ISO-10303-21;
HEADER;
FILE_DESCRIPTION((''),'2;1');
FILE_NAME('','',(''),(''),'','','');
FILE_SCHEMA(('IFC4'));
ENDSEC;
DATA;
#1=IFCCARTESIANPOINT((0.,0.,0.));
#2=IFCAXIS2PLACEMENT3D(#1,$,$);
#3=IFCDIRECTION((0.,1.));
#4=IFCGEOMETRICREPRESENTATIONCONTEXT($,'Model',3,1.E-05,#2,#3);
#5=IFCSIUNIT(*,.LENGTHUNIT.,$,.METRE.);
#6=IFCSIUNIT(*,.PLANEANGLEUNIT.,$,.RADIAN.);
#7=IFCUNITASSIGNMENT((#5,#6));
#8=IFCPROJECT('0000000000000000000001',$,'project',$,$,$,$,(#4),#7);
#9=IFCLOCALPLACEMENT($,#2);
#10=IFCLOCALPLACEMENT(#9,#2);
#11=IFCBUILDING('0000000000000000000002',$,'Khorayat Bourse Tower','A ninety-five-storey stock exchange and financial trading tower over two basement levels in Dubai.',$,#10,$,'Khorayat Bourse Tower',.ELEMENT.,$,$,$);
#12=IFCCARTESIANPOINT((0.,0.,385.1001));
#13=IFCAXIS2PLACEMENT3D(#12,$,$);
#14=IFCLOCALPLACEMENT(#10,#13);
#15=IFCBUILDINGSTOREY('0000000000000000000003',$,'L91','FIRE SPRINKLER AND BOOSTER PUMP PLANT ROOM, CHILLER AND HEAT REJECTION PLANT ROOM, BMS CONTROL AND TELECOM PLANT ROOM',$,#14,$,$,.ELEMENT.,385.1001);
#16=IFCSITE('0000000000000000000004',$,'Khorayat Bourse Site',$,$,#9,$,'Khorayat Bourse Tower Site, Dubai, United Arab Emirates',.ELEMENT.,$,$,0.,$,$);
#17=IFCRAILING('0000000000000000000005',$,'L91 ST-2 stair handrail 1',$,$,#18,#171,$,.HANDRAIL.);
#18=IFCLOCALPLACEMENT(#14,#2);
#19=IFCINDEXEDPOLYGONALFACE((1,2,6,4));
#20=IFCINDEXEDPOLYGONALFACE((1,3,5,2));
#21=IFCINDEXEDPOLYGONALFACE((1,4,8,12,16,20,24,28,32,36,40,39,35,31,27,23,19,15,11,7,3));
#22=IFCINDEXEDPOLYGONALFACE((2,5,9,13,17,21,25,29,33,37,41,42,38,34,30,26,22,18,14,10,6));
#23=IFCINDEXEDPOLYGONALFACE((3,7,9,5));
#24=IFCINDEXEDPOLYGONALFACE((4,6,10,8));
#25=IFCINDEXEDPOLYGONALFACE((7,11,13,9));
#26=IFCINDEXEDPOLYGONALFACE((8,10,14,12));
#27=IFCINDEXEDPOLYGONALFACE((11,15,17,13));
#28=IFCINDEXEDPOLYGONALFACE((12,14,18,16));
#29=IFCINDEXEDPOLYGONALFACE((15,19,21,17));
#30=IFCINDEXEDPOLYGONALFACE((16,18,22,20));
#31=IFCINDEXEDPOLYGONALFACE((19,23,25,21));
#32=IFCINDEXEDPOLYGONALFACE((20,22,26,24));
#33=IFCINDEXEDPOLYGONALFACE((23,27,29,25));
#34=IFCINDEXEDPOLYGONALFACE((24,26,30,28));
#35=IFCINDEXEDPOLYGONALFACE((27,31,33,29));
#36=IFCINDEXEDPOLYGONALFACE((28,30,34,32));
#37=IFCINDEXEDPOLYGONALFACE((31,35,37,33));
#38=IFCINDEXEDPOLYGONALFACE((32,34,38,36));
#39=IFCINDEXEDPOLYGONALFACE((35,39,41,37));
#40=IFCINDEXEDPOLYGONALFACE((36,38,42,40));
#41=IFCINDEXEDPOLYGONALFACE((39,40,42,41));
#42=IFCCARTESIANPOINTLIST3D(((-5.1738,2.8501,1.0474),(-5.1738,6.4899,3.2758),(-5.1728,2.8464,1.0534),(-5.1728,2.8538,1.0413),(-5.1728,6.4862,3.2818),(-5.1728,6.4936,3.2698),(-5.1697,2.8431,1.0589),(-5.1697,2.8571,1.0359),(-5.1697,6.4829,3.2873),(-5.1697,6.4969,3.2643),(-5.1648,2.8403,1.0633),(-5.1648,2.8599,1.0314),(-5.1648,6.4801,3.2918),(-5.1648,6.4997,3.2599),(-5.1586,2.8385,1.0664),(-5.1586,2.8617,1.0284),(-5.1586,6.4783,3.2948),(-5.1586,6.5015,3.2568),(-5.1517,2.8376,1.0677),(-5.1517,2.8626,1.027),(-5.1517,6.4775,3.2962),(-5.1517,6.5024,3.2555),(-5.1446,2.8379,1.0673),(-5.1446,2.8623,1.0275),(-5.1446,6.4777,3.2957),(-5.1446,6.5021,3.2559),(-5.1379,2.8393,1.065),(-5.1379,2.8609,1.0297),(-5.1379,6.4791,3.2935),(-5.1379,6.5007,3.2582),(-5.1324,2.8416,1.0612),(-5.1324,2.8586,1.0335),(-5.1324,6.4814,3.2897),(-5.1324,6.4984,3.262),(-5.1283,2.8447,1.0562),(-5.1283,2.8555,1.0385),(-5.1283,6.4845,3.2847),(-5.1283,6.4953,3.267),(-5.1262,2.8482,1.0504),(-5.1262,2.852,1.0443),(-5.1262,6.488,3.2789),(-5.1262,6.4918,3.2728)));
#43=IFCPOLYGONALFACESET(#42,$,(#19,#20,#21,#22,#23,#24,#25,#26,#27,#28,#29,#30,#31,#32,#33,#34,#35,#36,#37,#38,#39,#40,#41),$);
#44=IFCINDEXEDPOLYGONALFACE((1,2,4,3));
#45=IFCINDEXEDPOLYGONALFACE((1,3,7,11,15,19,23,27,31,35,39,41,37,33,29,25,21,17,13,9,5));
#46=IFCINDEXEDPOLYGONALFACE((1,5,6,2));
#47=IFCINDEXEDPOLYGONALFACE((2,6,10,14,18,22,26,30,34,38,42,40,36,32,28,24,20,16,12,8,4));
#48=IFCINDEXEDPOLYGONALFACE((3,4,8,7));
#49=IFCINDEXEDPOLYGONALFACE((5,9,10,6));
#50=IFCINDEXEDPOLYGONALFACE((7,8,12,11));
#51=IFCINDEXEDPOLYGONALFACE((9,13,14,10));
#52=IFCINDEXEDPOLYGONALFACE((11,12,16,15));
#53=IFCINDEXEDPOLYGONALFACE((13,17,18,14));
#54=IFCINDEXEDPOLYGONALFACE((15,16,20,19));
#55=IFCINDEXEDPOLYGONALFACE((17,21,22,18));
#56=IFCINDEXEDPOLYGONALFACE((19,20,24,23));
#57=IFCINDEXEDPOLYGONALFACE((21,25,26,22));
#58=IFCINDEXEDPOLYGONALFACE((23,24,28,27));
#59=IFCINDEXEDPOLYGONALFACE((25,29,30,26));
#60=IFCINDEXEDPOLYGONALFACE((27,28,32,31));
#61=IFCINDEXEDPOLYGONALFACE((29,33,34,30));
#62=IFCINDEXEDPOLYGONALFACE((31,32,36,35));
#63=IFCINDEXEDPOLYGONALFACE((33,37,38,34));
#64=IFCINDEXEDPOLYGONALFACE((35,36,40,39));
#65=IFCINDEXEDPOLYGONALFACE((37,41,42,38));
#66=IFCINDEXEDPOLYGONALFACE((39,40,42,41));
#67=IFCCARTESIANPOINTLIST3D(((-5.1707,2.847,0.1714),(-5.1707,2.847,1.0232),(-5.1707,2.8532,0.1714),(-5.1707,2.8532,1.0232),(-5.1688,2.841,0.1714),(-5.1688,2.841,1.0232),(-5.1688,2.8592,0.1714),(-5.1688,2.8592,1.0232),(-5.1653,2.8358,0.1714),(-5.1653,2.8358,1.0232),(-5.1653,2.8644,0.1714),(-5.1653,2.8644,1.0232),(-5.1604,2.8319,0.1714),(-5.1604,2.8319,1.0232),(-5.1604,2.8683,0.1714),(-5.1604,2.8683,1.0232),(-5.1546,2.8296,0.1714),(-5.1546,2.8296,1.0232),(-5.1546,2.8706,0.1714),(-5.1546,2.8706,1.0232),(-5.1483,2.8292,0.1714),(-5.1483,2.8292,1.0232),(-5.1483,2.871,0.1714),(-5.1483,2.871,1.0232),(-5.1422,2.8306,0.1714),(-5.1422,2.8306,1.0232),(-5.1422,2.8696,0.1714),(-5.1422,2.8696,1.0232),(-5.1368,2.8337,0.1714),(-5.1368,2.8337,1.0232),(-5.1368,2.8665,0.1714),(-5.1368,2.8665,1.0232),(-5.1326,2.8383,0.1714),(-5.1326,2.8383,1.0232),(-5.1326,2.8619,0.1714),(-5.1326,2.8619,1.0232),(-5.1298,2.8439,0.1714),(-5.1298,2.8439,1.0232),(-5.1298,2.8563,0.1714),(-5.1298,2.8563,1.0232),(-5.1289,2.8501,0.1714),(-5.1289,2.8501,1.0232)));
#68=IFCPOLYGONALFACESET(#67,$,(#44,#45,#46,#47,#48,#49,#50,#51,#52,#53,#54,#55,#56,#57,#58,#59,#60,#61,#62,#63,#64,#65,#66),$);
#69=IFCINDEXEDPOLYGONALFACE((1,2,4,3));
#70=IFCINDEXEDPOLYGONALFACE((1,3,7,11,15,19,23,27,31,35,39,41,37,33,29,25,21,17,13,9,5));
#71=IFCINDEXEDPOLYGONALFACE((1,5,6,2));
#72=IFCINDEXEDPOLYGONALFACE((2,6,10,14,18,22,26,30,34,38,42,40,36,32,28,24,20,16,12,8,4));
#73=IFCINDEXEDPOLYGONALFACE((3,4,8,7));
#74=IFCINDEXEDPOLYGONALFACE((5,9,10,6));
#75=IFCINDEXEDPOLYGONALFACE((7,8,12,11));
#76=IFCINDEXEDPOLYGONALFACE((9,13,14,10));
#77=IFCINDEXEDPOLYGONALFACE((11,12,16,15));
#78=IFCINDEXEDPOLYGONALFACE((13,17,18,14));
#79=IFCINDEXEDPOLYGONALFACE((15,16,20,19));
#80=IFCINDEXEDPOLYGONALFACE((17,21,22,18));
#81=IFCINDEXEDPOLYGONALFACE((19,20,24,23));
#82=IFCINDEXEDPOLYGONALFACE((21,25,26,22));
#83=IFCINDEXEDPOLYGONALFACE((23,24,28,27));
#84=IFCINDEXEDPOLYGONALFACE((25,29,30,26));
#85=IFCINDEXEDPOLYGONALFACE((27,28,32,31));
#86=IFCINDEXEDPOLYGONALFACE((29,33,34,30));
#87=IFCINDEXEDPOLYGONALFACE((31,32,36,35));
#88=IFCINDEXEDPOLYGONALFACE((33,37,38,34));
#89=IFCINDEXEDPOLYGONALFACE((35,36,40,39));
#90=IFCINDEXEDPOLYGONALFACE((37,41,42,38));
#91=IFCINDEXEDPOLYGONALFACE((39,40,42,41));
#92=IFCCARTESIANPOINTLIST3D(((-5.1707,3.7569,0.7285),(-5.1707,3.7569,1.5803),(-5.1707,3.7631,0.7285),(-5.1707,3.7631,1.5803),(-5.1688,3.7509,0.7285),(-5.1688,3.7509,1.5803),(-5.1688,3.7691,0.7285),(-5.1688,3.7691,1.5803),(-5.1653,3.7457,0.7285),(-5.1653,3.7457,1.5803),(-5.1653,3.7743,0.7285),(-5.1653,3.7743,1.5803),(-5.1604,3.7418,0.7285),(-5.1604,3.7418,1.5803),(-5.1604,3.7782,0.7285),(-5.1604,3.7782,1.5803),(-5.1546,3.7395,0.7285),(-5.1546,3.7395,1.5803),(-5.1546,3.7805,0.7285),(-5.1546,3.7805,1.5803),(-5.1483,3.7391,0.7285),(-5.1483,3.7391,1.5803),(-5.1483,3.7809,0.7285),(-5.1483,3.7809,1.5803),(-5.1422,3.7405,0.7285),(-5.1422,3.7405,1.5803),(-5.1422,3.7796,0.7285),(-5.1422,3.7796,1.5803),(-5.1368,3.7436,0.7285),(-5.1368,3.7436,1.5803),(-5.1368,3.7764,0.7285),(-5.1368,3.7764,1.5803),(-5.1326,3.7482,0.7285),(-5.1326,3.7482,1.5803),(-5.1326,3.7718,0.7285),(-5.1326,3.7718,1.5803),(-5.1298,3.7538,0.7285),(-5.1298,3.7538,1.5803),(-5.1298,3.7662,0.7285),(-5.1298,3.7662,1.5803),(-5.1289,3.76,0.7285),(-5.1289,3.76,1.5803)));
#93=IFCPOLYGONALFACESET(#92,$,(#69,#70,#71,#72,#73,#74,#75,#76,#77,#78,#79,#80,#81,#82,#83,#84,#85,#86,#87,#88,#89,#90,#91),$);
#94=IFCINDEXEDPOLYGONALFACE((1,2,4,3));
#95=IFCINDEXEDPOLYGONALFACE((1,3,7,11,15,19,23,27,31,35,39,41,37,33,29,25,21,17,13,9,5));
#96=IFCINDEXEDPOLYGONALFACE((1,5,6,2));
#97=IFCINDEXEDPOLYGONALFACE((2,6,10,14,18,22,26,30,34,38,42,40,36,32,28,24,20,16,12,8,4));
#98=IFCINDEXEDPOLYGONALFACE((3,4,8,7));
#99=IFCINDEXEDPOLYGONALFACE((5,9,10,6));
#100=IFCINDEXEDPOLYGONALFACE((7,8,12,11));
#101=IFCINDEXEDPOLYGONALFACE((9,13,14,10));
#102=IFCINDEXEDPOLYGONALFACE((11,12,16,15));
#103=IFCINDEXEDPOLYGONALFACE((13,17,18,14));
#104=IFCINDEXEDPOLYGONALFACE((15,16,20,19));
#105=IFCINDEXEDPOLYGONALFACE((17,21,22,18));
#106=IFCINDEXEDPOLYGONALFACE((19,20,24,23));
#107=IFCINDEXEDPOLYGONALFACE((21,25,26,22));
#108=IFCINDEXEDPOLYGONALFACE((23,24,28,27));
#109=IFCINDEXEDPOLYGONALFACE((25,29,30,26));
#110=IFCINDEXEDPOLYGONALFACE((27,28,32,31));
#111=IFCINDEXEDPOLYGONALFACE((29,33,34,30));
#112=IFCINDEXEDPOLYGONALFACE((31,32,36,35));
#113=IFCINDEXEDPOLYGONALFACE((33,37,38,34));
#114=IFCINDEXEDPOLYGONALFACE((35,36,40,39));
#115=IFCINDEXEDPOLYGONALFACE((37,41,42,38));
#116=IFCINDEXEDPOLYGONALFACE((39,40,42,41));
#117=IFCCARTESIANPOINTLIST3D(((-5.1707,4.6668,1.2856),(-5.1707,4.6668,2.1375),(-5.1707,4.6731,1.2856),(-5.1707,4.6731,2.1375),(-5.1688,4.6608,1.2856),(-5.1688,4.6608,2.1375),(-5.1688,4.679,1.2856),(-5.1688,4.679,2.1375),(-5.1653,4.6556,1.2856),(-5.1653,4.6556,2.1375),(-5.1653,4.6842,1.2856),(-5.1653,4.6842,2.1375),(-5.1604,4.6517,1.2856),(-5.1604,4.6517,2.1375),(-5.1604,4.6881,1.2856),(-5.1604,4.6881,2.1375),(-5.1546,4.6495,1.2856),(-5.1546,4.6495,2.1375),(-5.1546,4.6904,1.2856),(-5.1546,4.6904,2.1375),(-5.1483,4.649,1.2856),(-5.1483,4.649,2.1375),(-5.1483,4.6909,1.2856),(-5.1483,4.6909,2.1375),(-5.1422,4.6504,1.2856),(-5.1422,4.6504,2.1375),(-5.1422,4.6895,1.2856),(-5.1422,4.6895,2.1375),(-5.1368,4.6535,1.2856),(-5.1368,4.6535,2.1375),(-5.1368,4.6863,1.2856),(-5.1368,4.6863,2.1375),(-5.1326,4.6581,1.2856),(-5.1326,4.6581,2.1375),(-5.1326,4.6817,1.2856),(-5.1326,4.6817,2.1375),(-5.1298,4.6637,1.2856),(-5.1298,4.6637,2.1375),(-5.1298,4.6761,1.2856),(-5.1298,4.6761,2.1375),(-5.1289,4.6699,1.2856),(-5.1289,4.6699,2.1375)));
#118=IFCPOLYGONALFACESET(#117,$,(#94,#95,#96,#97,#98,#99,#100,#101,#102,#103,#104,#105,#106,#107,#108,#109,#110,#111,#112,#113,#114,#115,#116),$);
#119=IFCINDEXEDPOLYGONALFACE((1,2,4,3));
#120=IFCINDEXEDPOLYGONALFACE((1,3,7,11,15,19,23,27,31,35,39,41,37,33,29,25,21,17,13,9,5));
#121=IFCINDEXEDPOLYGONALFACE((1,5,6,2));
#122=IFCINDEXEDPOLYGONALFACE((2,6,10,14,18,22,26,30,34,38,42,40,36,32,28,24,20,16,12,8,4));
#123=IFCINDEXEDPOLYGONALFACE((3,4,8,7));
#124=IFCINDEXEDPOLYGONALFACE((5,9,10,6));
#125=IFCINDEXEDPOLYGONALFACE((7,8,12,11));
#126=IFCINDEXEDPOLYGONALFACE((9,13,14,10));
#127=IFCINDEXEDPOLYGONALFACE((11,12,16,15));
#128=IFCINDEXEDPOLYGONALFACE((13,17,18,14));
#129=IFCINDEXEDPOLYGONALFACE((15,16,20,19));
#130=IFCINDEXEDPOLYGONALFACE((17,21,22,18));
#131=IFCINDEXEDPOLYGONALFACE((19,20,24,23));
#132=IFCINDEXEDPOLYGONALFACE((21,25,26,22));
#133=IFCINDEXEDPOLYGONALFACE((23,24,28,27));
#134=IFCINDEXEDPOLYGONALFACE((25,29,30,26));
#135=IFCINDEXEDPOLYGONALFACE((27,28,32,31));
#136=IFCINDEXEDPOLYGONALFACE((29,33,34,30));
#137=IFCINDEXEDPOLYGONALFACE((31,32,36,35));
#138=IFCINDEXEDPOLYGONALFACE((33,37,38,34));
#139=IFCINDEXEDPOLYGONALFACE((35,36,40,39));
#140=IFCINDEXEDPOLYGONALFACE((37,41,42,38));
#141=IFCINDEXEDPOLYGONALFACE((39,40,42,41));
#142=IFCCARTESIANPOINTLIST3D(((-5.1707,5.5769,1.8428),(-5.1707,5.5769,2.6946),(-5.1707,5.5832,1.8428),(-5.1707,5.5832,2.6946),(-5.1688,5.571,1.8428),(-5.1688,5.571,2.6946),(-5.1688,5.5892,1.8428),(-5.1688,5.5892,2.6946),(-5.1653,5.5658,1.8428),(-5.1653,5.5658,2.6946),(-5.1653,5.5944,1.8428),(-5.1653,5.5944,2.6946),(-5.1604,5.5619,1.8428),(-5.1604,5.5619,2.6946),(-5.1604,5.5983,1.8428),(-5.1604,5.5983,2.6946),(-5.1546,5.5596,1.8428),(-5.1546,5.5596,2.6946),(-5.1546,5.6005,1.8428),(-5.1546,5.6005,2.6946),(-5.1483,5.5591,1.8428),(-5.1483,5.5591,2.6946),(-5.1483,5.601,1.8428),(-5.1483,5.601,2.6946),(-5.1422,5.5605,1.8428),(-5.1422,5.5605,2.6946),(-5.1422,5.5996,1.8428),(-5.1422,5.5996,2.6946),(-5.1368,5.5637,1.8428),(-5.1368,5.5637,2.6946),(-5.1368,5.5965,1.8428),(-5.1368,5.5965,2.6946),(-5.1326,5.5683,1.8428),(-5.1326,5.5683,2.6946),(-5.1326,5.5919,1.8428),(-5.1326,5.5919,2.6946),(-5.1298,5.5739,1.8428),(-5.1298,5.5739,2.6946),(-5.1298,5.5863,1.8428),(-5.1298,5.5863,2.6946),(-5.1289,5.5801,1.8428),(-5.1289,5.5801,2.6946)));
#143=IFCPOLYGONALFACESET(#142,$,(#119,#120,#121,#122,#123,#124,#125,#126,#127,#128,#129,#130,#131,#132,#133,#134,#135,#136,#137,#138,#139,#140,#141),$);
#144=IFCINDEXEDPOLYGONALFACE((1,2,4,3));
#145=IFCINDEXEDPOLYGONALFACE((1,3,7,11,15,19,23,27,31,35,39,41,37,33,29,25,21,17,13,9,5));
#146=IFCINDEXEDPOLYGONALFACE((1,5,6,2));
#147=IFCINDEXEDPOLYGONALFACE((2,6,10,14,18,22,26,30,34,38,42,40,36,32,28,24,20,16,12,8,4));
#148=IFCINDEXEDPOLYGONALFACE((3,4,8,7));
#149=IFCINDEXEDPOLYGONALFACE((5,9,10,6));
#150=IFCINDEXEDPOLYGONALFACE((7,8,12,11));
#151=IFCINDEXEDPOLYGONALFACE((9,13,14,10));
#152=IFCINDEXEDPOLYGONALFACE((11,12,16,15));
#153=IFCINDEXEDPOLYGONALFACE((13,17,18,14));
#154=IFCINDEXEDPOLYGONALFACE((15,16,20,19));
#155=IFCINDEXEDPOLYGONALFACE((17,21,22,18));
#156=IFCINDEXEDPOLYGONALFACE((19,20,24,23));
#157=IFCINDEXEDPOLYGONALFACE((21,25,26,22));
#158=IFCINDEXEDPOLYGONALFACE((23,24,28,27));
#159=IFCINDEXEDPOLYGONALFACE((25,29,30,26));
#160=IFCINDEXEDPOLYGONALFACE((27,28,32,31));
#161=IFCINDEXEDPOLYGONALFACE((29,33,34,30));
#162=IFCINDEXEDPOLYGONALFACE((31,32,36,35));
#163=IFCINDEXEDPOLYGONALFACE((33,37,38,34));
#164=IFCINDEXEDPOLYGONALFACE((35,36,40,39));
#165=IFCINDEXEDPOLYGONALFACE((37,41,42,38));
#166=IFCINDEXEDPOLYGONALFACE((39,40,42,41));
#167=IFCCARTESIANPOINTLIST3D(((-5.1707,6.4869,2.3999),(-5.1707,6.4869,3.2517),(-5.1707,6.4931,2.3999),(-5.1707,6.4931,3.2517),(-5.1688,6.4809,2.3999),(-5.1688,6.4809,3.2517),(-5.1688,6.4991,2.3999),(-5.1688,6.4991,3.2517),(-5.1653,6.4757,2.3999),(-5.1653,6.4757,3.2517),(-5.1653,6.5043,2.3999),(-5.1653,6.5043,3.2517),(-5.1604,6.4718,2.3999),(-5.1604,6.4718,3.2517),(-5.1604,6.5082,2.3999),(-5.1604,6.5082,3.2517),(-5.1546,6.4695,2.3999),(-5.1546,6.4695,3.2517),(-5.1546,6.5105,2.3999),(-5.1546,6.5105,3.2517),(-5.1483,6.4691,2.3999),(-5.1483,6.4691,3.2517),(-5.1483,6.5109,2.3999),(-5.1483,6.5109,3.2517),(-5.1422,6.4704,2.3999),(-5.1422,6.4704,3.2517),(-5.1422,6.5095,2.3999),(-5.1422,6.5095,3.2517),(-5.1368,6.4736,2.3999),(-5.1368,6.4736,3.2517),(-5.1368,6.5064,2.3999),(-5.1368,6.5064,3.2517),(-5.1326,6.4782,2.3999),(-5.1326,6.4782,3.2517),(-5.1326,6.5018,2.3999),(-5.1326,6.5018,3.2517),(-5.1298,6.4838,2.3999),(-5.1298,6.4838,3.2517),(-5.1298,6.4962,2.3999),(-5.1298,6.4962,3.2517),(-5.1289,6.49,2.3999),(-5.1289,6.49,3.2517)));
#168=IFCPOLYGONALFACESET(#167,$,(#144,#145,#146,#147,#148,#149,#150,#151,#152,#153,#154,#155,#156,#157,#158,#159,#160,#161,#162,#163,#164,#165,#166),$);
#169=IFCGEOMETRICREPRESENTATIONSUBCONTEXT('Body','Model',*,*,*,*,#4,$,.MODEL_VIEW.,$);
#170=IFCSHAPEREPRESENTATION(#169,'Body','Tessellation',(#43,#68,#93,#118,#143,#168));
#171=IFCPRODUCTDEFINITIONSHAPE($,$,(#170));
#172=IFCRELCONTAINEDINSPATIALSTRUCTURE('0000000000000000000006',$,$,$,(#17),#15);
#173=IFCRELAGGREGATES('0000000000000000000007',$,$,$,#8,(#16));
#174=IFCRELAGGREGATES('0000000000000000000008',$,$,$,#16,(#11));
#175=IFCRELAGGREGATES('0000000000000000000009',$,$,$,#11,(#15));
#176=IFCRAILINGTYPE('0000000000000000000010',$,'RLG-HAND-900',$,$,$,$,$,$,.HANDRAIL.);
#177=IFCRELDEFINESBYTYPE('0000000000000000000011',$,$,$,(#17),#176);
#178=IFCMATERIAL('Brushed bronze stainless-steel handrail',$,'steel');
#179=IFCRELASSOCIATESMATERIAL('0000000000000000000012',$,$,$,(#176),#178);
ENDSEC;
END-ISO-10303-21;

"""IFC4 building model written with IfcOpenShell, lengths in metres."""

from ifc_helpers import new_model, si_unit, direction, frame, origin, origin_2d, place, context, subcontext, project, spatial, circle, extrude, source, transform, mapped, material, type_object, element, save


model = new_model("IFC4")

# Units and contexts
model_context = context("Model", 3, precision=1e-05, world=origin(), true_north=direction((0.0, 1.0)))
body_context = subcontext(model_context, "Body", "Model", "MODEL_VIEW")
ifc_project = project(units=[si_unit("LENGTHUNIT", "METRE"), si_unit("PLANEANGLEUNIT", "RADIAN")], contexts=[model_context])

# Site, building, storey
site_placement = place(None, origin())
site = spatial("IfcSite", under=ifc_project, at=site_placement, Name="Khorayat Bourse Site", LongName="Khorayat Bourse Tower Site, Dubai, United Arab Emirates", CompositionType="ELEMENT", RefElevation=0.0)
building_placement = place(site_placement, origin())
building = spatial("IfcBuilding", under=site, at=building_placement, Name="Khorayat Bourse Tower", Description="A ninety-five-storey stock exchange and financial trading tower over two basement levels in Dubai.", LongName="Khorayat Bourse Tower", CompositionType="ELEMENT")
storey_placement = place(building_placement, frame((0.0, 0.0, 385.1001)))
storey = spatial("IfcBuildingStorey", under=building, at=storey_placement, Name="L91", Description="FIRE SPRINKLER AND BOOSTER PUMP PLANT ROOM, CHILLER AND HEAT REJECTION PLANT ROOM, BMS CONTROL AND TELECOM PLANT ROOM", CompositionType="ELEMENT", Elevation=385.1001)

# Railing
ifc_material_1 = material(Name="Brushed bronze stainless-steel handrail", Category="steel")
railing_type_1 = type_object("IfcRailingType", Name="RLG-HAND-900", PredefinedType="HANDRAIL", material=ifc_material_1)
shared_shape_1 = source(origin(), body_context, "Body", "SweptSolid", [
    extrude(circle(Radius=0.0239, at=origin_2d()), frame((0.0, 0.0, 0.876), z_axis=(0.0, 0.85285, 0.522156), x_axis=(-1.0, 0.0, 0.0)), (0.0, 0.0, 1.0), 4.2678),
    extrude(circle(Radius=0.021, at=origin_2d()), origin(), (0.0, 0.0, 1.0), 0.8518),
    extrude(circle(Radius=0.021, at=origin_2d()), frame((0.0, 0.9099, 0.5571)), (0.0, 0.0, 1.0), 0.8518),
    extrude(circle(Radius=0.021, at=origin_2d()), frame((0.0, 1.8198, 1.1143)), (0.0, 0.0, 1.0), 0.8518),
    extrude(circle(Radius=0.021, at=origin_2d()), frame((0.0, 2.73, 1.6714)), (0.0, 0.0, 1.0), 0.8518),
    extrude(circle(Radius=0.021, at=origin_2d()), frame((0.0, 3.6399, 2.2285)), (0.0, 0.0, 1.0), 0.8518),
])
railing_1_placement = place(storey_placement, frame((-5.1499, 2.8501, 0.1714)))
element("IfcRailing", 1, at=railing_1_placement, inside=storey, type_object=railing_type_1, Name="L91 ST-2 stair handrail 1", PredefinedType="HANDRAIL", context=body_context, shape_type="MappedRepresentation", body=[
    mapped(shared_shape_1, transform((0.0, 0.0, 0.0), scale=1.0)),
])

save(model, "model.ifc")
